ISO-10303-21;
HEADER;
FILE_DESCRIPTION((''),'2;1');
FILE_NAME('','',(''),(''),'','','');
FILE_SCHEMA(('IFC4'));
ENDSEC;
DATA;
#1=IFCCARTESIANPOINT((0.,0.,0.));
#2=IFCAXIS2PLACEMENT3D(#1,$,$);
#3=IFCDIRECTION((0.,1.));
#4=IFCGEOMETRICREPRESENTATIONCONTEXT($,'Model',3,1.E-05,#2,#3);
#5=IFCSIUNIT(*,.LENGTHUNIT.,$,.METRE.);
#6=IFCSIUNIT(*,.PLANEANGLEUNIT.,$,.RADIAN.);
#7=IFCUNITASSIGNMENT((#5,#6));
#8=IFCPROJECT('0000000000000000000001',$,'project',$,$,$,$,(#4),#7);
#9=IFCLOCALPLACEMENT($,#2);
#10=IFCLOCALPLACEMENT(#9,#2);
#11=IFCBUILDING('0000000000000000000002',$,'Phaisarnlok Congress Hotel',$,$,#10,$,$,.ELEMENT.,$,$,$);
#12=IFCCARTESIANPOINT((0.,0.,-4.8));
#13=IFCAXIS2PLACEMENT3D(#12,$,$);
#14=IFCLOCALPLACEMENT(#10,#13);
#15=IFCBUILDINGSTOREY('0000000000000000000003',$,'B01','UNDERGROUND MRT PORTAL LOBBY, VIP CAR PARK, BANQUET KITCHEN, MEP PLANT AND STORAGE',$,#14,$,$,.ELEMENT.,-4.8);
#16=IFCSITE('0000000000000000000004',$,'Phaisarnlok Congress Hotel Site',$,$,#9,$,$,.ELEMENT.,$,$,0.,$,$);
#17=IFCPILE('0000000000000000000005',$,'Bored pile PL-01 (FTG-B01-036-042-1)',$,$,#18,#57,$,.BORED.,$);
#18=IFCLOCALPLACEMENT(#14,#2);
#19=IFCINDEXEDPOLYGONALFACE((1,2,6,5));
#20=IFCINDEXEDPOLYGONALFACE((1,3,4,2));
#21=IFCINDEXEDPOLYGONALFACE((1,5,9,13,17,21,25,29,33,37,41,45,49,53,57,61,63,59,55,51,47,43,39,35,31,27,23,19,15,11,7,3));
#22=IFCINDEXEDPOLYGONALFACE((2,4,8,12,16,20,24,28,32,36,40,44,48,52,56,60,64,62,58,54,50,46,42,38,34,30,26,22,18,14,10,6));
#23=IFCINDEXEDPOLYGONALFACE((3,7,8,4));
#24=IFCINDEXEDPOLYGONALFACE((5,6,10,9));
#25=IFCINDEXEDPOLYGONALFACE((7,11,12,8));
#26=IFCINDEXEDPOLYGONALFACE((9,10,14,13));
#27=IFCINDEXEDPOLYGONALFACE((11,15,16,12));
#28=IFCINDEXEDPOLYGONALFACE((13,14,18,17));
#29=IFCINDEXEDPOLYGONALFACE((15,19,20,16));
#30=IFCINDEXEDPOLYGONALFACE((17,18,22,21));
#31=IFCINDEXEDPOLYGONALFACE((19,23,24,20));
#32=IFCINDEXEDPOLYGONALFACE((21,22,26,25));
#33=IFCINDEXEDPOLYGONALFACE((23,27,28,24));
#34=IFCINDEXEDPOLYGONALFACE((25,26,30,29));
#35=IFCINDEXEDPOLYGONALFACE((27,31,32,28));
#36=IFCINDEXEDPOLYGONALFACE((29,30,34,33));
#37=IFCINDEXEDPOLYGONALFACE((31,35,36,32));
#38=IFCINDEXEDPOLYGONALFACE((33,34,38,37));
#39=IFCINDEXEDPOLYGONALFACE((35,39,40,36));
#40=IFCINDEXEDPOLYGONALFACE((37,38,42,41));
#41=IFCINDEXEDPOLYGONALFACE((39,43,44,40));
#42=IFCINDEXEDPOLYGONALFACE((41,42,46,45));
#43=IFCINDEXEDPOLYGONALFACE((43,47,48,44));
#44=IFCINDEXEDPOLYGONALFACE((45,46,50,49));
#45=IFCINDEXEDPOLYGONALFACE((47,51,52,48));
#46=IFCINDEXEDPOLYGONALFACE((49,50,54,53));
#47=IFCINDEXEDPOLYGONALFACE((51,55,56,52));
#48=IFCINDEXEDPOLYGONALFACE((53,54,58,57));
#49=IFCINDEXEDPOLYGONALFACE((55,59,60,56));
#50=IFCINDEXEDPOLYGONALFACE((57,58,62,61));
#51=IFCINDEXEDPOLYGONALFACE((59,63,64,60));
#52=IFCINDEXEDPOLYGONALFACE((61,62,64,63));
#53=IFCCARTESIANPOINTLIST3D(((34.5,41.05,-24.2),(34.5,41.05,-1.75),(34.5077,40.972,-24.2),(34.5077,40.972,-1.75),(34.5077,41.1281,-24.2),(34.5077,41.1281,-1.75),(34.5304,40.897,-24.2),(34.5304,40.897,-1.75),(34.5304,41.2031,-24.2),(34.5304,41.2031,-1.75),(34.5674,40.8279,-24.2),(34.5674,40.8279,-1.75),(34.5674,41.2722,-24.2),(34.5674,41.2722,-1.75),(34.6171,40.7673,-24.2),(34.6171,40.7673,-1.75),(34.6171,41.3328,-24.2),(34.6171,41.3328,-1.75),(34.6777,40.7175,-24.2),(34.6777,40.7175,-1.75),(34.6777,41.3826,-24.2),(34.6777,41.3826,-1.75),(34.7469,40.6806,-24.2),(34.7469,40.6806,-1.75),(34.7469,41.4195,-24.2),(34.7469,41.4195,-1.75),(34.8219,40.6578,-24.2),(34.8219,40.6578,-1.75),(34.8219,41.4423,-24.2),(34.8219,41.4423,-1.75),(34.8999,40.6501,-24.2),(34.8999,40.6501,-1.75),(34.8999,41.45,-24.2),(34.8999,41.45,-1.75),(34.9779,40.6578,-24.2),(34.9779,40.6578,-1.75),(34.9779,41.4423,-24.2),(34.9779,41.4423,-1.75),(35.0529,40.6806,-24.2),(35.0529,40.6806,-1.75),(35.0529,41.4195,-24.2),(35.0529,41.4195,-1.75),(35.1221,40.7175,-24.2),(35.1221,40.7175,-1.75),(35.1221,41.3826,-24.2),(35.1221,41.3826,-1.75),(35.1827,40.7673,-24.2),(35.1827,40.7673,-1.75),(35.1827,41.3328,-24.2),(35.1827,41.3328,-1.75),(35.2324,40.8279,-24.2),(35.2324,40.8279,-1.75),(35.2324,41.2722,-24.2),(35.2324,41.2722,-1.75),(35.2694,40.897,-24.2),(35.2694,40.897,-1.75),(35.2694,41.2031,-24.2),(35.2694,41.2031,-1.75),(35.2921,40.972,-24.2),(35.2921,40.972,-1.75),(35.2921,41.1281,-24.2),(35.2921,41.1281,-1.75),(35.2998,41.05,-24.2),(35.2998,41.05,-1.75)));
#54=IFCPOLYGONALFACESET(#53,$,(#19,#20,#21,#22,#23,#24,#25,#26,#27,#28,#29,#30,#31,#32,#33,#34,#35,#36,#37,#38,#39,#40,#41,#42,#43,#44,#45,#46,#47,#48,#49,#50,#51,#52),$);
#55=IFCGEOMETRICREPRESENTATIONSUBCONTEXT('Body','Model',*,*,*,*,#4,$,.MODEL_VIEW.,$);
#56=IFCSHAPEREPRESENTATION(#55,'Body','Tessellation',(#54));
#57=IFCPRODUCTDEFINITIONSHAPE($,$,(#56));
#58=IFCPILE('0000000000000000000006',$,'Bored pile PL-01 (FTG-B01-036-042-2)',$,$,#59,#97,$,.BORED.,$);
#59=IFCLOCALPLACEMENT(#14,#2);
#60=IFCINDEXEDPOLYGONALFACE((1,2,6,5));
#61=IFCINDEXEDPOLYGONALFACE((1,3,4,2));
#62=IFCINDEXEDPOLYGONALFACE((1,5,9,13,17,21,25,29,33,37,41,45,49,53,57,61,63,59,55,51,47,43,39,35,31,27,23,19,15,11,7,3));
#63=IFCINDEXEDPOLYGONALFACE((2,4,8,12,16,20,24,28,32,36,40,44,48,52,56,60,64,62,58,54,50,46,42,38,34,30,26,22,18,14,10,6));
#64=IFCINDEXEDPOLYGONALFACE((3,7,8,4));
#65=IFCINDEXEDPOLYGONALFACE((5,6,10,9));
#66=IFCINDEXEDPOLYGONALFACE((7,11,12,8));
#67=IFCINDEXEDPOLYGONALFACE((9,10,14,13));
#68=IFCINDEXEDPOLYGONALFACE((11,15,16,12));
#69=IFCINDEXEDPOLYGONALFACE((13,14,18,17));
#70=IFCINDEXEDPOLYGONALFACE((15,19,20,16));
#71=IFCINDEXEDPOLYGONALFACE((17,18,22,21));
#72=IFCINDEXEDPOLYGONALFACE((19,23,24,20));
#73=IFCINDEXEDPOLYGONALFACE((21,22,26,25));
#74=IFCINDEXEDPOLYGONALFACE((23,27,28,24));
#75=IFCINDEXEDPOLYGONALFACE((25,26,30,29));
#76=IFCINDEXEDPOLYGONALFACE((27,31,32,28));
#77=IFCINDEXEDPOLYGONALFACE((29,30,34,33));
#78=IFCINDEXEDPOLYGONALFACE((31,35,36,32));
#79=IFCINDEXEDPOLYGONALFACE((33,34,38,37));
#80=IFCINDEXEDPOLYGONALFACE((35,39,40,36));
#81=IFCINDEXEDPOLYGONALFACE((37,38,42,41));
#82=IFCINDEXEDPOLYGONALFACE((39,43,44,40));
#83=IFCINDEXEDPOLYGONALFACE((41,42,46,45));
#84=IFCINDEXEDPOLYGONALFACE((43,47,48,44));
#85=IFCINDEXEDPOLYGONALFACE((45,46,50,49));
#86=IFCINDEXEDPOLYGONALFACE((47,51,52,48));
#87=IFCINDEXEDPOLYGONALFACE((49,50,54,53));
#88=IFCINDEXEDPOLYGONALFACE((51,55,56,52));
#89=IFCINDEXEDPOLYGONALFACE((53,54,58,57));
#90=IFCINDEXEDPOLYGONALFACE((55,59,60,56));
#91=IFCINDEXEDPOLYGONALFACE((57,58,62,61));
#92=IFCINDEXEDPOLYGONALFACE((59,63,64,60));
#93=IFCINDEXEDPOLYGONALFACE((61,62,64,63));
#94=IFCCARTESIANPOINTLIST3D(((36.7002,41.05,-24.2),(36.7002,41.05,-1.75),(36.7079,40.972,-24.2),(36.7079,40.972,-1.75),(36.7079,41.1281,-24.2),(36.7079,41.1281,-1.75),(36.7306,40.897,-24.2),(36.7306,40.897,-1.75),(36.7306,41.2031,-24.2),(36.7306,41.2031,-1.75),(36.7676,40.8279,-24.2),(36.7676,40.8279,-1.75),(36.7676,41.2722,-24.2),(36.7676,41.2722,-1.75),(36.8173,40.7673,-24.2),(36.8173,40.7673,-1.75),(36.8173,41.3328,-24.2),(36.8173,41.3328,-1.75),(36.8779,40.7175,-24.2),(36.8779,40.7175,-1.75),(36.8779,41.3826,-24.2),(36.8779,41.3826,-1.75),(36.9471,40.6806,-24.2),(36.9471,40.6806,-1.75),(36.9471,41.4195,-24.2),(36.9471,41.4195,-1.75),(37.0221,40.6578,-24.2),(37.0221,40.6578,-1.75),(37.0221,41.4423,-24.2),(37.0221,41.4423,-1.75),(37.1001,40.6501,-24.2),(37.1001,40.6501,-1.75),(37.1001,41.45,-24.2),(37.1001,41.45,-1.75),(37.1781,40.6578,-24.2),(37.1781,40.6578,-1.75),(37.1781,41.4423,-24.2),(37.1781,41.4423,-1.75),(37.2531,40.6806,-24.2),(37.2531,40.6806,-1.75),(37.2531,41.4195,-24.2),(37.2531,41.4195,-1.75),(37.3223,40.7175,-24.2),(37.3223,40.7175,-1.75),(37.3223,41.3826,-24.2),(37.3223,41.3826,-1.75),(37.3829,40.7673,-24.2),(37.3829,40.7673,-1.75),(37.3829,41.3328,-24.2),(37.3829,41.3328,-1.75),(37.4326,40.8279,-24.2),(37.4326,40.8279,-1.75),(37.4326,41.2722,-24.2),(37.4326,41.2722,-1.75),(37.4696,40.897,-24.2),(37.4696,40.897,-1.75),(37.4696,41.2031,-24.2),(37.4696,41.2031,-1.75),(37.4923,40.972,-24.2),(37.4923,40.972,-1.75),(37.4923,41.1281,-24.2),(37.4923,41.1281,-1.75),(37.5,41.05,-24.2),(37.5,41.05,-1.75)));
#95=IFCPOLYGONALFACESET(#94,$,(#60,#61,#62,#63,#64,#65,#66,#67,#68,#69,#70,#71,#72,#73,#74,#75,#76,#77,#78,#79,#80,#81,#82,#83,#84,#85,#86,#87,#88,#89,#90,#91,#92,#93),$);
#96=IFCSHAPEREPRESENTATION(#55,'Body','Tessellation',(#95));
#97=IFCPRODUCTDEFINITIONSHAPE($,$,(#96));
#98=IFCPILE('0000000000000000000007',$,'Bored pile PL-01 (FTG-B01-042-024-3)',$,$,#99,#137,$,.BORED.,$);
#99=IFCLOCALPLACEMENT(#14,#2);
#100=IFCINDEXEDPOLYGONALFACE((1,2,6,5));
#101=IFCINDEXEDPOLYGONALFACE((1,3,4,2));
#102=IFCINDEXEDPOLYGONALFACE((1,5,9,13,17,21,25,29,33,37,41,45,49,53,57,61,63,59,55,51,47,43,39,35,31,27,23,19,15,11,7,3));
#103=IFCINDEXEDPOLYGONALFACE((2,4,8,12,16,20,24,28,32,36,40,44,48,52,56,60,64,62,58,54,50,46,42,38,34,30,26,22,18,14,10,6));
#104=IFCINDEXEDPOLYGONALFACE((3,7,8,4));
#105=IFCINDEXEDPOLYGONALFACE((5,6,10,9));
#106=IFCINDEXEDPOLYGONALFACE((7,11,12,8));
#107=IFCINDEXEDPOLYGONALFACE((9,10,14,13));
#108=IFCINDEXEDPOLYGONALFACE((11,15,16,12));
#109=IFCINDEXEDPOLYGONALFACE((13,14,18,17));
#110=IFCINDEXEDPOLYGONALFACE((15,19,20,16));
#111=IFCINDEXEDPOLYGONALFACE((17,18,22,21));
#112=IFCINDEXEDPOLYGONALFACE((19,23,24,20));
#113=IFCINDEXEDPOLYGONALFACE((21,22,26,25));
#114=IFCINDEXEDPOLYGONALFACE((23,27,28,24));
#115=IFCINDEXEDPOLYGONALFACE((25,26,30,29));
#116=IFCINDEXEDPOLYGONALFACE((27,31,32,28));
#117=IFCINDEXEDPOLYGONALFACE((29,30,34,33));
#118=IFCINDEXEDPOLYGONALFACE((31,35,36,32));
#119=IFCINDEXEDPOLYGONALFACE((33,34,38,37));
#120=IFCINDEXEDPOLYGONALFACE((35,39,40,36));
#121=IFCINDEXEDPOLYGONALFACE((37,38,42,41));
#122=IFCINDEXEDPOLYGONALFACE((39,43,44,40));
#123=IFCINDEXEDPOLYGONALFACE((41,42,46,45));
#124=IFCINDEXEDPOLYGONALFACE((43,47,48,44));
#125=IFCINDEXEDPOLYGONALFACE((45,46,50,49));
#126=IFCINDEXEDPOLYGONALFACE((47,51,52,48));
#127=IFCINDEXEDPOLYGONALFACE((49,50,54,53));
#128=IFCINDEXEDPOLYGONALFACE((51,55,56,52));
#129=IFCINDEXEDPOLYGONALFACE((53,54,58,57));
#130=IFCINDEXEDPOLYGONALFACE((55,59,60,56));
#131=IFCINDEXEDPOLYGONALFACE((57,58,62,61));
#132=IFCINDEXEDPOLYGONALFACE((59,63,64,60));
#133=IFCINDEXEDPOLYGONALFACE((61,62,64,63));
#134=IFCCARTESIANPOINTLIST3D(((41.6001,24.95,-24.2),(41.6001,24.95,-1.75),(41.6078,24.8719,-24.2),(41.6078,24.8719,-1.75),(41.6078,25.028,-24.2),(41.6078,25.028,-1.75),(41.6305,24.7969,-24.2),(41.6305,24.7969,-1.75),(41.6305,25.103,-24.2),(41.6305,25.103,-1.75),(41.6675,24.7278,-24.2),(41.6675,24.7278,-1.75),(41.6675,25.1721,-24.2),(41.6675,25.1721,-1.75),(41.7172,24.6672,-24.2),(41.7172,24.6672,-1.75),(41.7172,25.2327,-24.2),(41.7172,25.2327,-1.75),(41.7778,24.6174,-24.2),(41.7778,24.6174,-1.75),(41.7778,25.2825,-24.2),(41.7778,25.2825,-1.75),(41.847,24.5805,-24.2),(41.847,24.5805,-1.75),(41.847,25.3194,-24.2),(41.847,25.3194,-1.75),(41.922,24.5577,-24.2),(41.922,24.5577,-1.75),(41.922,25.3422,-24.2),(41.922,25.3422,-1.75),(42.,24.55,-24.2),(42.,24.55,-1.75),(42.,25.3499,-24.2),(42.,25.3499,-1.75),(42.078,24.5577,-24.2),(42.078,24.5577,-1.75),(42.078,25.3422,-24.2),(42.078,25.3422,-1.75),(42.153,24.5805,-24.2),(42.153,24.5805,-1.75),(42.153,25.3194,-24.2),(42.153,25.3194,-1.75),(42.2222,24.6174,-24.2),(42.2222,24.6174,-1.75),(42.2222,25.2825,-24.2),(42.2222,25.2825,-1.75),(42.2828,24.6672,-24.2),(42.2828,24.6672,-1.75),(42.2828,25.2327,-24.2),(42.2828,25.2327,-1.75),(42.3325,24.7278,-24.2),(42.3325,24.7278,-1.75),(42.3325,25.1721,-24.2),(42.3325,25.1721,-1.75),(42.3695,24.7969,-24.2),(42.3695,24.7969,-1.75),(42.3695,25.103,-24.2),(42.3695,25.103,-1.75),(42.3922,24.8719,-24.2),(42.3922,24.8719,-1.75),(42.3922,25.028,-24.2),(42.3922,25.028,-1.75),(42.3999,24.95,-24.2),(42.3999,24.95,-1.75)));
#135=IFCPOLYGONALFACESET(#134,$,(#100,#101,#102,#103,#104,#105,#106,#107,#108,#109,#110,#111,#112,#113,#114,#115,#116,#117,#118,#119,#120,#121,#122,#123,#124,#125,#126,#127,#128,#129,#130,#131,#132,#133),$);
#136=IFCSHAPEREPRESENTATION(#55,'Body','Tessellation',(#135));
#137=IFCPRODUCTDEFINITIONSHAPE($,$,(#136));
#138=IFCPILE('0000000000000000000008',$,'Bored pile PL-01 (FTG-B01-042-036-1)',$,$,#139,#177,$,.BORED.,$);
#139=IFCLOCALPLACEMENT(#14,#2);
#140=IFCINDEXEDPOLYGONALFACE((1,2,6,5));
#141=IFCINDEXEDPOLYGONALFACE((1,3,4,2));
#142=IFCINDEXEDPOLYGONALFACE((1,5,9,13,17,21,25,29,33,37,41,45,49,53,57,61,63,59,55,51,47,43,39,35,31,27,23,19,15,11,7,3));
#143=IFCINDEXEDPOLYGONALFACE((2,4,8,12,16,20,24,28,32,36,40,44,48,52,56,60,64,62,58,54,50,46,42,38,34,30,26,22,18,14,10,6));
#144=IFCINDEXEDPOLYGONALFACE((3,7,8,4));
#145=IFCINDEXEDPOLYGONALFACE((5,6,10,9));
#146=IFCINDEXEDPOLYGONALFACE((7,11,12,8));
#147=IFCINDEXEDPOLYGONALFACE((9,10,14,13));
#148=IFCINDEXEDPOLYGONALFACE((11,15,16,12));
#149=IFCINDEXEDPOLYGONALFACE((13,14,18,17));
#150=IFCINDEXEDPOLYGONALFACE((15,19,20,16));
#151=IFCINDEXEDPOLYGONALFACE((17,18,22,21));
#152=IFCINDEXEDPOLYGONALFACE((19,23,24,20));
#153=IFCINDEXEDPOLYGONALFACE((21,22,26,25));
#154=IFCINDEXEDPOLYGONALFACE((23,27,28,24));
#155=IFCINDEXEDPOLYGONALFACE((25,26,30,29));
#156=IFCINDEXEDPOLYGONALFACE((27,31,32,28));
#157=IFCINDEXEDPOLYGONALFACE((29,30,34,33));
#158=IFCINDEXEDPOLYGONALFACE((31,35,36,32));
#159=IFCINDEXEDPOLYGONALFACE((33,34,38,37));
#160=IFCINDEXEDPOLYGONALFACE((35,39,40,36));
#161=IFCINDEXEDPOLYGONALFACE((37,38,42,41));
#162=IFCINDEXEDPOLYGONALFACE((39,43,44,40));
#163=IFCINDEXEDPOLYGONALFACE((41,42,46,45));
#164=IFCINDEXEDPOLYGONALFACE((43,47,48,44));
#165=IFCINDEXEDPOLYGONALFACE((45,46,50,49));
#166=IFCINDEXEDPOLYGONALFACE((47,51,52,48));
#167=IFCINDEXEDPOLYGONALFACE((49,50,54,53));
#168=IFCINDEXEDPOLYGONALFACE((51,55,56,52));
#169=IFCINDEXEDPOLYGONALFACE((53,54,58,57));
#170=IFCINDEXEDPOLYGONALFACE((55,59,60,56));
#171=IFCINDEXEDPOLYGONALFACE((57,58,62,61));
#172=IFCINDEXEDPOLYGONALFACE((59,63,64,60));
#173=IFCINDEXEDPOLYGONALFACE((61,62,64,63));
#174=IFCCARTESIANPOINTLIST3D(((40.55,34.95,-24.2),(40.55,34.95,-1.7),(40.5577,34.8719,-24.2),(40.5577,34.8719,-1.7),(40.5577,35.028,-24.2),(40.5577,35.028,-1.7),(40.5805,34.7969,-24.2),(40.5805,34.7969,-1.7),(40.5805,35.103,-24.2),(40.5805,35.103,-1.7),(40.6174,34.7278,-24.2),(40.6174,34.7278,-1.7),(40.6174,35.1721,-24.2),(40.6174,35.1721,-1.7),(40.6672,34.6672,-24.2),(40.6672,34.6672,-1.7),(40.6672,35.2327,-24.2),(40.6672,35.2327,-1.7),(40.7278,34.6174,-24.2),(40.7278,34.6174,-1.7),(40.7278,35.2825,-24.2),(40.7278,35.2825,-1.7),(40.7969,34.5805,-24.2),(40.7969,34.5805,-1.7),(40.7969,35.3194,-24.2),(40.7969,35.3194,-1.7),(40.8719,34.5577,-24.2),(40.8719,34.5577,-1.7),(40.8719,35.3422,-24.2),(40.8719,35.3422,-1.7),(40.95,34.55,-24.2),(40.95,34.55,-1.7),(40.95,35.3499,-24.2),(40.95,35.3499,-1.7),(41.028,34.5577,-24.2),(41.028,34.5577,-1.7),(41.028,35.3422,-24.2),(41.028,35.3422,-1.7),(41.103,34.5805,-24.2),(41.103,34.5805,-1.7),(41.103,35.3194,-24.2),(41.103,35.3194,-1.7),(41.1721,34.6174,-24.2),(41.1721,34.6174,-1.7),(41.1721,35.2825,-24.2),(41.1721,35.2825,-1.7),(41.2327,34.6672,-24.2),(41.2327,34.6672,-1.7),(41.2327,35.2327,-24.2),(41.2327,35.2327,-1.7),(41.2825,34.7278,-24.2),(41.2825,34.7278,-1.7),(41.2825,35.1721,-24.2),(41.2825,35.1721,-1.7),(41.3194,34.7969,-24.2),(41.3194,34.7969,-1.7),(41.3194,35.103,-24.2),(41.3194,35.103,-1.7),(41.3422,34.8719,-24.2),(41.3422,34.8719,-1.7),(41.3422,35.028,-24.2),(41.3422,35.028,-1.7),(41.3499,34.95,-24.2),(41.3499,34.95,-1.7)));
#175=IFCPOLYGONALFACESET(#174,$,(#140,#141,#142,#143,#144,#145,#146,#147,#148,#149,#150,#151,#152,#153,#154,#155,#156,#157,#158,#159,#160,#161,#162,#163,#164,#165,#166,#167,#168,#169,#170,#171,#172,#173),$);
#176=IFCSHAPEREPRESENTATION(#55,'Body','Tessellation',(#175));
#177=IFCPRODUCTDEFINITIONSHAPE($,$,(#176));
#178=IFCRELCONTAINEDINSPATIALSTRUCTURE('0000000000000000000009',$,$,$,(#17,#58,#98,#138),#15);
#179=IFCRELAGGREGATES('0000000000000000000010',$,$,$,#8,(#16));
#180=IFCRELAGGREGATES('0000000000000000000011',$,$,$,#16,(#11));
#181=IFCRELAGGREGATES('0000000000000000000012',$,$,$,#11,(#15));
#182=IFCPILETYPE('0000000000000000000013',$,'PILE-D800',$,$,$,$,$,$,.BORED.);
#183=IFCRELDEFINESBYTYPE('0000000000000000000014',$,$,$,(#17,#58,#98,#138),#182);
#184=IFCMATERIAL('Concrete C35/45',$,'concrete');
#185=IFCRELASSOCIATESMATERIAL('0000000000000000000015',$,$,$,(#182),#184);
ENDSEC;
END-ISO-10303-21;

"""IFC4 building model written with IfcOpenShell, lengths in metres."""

from ifc_helpers import new_model, si_unit, direction, frame, origin, origin_2d, place, context, subcontext, project, spatial, circle, extrude, material, material_profile, profile_set, type_object, element, save


model = new_model("IFC4")

# Units and contexts
model_context = context("Model", 3, precision=1e-05, world=origin(), true_north=direction((0.0, 1.0)))
body_context = subcontext(model_context, "Body", "Model", "MODEL_VIEW")
ifc_project = project(units=[si_unit("LENGTHUNIT", "METRE"), si_unit("PLANEANGLEUNIT", "RADIAN")], contexts=[model_context])

# Site, building, storey
site_placement = place(None, origin())
site = spatial("IfcSite", under=ifc_project, at=site_placement, Name="Phaisarnlok Congress Hotel Site", CompositionType="ELEMENT", RefElevation=0.0)
building_placement = place(site_placement, origin())
building = spatial("IfcBuilding", under=site, at=building_placement, Name="Phaisarnlok Congress Hotel", CompositionType="ELEMENT")
storey_placement = place(building_placement, frame((0.0, 0.0, -4.8)))
storey = spatial("IfcBuildingStorey", under=building, at=storey_placement, Name="B01", Description="UNDERGROUND MRT PORTAL LOBBY, VIP CAR PARK, BANQUET KITCHEN, MEP PLANT AND STORAGE", CompositionType="ELEMENT", Elevation=-4.8)

# Piles
ifc_material_1 = material(Name="Concrete C35/45", Category="concrete")
ifc_material_profile_1 = material_profile(ifc_material_1, circle(Radius=0.3999, at=origin_2d()), Name="BORED PILE D800")
ifc_profile_set_1 = profile_set([ifc_material_profile_1], Name="Concrete C35/45")
pile_type_1 = type_object("IfcPileType", Name="PILE-D800", PredefinedType="BORED", material=ifc_profile_set_1)
for number, where, z_axis, x_axis, name in (
    (1, (34.8999, 41.05, -1.75), (0.0, 0.0, -1.0), (1.0, 0.0, 0.0), "Bored pile PL-01 (FTG-B01-036-042-1)"),
    (2, (37.1001, 41.05, -1.75), (0.0, 0.0, -1.0), (1.0, 0.0, 0.0), "Bored pile PL-01 (FTG-B01-036-042-2)"),
    (3, (42.0, 24.95, -1.75), (0.0, 0.0, -1.0), (1.0, 0.0, 0.0), "Bored pile PL-01 (FTG-B01-042-024-3)"),
):
    element("IfcPile", number, at=place(storey_placement, frame(where, z_axis=z_axis, x_axis=x_axis)), inside=storey, type_object=pile_type_1, Name=name, PredefinedType="BORED", context=body_context, shape_type="SweptSolid", body=[
        extrude(circle(Radius=0.3999, at=origin_2d()), origin(), (0.0, 0.0, 1.0), 22.45),
    ])
for number, where, z_axis, x_axis, name in (
    (4, (40.95, 34.95, -1.7), (0.0, 0.0, -1.0), (1.0, 0.0, 0.0), "Bored pile PL-01 (FTG-B01-042-036-1)"),
):
    element("IfcPile", number, at=place(storey_placement, frame(where, z_axis=z_axis, x_axis=x_axis)), inside=storey, type_object=pile_type_1, Name=name, PredefinedType="BORED", context=body_context, shape_type="SweptSolid", body=[
        extrude(circle(Radius=0.3999, at=origin_2d()), origin(), (0.0, 0.0, 1.0), 22.5),
    ])

save(model, "model.ifc")
